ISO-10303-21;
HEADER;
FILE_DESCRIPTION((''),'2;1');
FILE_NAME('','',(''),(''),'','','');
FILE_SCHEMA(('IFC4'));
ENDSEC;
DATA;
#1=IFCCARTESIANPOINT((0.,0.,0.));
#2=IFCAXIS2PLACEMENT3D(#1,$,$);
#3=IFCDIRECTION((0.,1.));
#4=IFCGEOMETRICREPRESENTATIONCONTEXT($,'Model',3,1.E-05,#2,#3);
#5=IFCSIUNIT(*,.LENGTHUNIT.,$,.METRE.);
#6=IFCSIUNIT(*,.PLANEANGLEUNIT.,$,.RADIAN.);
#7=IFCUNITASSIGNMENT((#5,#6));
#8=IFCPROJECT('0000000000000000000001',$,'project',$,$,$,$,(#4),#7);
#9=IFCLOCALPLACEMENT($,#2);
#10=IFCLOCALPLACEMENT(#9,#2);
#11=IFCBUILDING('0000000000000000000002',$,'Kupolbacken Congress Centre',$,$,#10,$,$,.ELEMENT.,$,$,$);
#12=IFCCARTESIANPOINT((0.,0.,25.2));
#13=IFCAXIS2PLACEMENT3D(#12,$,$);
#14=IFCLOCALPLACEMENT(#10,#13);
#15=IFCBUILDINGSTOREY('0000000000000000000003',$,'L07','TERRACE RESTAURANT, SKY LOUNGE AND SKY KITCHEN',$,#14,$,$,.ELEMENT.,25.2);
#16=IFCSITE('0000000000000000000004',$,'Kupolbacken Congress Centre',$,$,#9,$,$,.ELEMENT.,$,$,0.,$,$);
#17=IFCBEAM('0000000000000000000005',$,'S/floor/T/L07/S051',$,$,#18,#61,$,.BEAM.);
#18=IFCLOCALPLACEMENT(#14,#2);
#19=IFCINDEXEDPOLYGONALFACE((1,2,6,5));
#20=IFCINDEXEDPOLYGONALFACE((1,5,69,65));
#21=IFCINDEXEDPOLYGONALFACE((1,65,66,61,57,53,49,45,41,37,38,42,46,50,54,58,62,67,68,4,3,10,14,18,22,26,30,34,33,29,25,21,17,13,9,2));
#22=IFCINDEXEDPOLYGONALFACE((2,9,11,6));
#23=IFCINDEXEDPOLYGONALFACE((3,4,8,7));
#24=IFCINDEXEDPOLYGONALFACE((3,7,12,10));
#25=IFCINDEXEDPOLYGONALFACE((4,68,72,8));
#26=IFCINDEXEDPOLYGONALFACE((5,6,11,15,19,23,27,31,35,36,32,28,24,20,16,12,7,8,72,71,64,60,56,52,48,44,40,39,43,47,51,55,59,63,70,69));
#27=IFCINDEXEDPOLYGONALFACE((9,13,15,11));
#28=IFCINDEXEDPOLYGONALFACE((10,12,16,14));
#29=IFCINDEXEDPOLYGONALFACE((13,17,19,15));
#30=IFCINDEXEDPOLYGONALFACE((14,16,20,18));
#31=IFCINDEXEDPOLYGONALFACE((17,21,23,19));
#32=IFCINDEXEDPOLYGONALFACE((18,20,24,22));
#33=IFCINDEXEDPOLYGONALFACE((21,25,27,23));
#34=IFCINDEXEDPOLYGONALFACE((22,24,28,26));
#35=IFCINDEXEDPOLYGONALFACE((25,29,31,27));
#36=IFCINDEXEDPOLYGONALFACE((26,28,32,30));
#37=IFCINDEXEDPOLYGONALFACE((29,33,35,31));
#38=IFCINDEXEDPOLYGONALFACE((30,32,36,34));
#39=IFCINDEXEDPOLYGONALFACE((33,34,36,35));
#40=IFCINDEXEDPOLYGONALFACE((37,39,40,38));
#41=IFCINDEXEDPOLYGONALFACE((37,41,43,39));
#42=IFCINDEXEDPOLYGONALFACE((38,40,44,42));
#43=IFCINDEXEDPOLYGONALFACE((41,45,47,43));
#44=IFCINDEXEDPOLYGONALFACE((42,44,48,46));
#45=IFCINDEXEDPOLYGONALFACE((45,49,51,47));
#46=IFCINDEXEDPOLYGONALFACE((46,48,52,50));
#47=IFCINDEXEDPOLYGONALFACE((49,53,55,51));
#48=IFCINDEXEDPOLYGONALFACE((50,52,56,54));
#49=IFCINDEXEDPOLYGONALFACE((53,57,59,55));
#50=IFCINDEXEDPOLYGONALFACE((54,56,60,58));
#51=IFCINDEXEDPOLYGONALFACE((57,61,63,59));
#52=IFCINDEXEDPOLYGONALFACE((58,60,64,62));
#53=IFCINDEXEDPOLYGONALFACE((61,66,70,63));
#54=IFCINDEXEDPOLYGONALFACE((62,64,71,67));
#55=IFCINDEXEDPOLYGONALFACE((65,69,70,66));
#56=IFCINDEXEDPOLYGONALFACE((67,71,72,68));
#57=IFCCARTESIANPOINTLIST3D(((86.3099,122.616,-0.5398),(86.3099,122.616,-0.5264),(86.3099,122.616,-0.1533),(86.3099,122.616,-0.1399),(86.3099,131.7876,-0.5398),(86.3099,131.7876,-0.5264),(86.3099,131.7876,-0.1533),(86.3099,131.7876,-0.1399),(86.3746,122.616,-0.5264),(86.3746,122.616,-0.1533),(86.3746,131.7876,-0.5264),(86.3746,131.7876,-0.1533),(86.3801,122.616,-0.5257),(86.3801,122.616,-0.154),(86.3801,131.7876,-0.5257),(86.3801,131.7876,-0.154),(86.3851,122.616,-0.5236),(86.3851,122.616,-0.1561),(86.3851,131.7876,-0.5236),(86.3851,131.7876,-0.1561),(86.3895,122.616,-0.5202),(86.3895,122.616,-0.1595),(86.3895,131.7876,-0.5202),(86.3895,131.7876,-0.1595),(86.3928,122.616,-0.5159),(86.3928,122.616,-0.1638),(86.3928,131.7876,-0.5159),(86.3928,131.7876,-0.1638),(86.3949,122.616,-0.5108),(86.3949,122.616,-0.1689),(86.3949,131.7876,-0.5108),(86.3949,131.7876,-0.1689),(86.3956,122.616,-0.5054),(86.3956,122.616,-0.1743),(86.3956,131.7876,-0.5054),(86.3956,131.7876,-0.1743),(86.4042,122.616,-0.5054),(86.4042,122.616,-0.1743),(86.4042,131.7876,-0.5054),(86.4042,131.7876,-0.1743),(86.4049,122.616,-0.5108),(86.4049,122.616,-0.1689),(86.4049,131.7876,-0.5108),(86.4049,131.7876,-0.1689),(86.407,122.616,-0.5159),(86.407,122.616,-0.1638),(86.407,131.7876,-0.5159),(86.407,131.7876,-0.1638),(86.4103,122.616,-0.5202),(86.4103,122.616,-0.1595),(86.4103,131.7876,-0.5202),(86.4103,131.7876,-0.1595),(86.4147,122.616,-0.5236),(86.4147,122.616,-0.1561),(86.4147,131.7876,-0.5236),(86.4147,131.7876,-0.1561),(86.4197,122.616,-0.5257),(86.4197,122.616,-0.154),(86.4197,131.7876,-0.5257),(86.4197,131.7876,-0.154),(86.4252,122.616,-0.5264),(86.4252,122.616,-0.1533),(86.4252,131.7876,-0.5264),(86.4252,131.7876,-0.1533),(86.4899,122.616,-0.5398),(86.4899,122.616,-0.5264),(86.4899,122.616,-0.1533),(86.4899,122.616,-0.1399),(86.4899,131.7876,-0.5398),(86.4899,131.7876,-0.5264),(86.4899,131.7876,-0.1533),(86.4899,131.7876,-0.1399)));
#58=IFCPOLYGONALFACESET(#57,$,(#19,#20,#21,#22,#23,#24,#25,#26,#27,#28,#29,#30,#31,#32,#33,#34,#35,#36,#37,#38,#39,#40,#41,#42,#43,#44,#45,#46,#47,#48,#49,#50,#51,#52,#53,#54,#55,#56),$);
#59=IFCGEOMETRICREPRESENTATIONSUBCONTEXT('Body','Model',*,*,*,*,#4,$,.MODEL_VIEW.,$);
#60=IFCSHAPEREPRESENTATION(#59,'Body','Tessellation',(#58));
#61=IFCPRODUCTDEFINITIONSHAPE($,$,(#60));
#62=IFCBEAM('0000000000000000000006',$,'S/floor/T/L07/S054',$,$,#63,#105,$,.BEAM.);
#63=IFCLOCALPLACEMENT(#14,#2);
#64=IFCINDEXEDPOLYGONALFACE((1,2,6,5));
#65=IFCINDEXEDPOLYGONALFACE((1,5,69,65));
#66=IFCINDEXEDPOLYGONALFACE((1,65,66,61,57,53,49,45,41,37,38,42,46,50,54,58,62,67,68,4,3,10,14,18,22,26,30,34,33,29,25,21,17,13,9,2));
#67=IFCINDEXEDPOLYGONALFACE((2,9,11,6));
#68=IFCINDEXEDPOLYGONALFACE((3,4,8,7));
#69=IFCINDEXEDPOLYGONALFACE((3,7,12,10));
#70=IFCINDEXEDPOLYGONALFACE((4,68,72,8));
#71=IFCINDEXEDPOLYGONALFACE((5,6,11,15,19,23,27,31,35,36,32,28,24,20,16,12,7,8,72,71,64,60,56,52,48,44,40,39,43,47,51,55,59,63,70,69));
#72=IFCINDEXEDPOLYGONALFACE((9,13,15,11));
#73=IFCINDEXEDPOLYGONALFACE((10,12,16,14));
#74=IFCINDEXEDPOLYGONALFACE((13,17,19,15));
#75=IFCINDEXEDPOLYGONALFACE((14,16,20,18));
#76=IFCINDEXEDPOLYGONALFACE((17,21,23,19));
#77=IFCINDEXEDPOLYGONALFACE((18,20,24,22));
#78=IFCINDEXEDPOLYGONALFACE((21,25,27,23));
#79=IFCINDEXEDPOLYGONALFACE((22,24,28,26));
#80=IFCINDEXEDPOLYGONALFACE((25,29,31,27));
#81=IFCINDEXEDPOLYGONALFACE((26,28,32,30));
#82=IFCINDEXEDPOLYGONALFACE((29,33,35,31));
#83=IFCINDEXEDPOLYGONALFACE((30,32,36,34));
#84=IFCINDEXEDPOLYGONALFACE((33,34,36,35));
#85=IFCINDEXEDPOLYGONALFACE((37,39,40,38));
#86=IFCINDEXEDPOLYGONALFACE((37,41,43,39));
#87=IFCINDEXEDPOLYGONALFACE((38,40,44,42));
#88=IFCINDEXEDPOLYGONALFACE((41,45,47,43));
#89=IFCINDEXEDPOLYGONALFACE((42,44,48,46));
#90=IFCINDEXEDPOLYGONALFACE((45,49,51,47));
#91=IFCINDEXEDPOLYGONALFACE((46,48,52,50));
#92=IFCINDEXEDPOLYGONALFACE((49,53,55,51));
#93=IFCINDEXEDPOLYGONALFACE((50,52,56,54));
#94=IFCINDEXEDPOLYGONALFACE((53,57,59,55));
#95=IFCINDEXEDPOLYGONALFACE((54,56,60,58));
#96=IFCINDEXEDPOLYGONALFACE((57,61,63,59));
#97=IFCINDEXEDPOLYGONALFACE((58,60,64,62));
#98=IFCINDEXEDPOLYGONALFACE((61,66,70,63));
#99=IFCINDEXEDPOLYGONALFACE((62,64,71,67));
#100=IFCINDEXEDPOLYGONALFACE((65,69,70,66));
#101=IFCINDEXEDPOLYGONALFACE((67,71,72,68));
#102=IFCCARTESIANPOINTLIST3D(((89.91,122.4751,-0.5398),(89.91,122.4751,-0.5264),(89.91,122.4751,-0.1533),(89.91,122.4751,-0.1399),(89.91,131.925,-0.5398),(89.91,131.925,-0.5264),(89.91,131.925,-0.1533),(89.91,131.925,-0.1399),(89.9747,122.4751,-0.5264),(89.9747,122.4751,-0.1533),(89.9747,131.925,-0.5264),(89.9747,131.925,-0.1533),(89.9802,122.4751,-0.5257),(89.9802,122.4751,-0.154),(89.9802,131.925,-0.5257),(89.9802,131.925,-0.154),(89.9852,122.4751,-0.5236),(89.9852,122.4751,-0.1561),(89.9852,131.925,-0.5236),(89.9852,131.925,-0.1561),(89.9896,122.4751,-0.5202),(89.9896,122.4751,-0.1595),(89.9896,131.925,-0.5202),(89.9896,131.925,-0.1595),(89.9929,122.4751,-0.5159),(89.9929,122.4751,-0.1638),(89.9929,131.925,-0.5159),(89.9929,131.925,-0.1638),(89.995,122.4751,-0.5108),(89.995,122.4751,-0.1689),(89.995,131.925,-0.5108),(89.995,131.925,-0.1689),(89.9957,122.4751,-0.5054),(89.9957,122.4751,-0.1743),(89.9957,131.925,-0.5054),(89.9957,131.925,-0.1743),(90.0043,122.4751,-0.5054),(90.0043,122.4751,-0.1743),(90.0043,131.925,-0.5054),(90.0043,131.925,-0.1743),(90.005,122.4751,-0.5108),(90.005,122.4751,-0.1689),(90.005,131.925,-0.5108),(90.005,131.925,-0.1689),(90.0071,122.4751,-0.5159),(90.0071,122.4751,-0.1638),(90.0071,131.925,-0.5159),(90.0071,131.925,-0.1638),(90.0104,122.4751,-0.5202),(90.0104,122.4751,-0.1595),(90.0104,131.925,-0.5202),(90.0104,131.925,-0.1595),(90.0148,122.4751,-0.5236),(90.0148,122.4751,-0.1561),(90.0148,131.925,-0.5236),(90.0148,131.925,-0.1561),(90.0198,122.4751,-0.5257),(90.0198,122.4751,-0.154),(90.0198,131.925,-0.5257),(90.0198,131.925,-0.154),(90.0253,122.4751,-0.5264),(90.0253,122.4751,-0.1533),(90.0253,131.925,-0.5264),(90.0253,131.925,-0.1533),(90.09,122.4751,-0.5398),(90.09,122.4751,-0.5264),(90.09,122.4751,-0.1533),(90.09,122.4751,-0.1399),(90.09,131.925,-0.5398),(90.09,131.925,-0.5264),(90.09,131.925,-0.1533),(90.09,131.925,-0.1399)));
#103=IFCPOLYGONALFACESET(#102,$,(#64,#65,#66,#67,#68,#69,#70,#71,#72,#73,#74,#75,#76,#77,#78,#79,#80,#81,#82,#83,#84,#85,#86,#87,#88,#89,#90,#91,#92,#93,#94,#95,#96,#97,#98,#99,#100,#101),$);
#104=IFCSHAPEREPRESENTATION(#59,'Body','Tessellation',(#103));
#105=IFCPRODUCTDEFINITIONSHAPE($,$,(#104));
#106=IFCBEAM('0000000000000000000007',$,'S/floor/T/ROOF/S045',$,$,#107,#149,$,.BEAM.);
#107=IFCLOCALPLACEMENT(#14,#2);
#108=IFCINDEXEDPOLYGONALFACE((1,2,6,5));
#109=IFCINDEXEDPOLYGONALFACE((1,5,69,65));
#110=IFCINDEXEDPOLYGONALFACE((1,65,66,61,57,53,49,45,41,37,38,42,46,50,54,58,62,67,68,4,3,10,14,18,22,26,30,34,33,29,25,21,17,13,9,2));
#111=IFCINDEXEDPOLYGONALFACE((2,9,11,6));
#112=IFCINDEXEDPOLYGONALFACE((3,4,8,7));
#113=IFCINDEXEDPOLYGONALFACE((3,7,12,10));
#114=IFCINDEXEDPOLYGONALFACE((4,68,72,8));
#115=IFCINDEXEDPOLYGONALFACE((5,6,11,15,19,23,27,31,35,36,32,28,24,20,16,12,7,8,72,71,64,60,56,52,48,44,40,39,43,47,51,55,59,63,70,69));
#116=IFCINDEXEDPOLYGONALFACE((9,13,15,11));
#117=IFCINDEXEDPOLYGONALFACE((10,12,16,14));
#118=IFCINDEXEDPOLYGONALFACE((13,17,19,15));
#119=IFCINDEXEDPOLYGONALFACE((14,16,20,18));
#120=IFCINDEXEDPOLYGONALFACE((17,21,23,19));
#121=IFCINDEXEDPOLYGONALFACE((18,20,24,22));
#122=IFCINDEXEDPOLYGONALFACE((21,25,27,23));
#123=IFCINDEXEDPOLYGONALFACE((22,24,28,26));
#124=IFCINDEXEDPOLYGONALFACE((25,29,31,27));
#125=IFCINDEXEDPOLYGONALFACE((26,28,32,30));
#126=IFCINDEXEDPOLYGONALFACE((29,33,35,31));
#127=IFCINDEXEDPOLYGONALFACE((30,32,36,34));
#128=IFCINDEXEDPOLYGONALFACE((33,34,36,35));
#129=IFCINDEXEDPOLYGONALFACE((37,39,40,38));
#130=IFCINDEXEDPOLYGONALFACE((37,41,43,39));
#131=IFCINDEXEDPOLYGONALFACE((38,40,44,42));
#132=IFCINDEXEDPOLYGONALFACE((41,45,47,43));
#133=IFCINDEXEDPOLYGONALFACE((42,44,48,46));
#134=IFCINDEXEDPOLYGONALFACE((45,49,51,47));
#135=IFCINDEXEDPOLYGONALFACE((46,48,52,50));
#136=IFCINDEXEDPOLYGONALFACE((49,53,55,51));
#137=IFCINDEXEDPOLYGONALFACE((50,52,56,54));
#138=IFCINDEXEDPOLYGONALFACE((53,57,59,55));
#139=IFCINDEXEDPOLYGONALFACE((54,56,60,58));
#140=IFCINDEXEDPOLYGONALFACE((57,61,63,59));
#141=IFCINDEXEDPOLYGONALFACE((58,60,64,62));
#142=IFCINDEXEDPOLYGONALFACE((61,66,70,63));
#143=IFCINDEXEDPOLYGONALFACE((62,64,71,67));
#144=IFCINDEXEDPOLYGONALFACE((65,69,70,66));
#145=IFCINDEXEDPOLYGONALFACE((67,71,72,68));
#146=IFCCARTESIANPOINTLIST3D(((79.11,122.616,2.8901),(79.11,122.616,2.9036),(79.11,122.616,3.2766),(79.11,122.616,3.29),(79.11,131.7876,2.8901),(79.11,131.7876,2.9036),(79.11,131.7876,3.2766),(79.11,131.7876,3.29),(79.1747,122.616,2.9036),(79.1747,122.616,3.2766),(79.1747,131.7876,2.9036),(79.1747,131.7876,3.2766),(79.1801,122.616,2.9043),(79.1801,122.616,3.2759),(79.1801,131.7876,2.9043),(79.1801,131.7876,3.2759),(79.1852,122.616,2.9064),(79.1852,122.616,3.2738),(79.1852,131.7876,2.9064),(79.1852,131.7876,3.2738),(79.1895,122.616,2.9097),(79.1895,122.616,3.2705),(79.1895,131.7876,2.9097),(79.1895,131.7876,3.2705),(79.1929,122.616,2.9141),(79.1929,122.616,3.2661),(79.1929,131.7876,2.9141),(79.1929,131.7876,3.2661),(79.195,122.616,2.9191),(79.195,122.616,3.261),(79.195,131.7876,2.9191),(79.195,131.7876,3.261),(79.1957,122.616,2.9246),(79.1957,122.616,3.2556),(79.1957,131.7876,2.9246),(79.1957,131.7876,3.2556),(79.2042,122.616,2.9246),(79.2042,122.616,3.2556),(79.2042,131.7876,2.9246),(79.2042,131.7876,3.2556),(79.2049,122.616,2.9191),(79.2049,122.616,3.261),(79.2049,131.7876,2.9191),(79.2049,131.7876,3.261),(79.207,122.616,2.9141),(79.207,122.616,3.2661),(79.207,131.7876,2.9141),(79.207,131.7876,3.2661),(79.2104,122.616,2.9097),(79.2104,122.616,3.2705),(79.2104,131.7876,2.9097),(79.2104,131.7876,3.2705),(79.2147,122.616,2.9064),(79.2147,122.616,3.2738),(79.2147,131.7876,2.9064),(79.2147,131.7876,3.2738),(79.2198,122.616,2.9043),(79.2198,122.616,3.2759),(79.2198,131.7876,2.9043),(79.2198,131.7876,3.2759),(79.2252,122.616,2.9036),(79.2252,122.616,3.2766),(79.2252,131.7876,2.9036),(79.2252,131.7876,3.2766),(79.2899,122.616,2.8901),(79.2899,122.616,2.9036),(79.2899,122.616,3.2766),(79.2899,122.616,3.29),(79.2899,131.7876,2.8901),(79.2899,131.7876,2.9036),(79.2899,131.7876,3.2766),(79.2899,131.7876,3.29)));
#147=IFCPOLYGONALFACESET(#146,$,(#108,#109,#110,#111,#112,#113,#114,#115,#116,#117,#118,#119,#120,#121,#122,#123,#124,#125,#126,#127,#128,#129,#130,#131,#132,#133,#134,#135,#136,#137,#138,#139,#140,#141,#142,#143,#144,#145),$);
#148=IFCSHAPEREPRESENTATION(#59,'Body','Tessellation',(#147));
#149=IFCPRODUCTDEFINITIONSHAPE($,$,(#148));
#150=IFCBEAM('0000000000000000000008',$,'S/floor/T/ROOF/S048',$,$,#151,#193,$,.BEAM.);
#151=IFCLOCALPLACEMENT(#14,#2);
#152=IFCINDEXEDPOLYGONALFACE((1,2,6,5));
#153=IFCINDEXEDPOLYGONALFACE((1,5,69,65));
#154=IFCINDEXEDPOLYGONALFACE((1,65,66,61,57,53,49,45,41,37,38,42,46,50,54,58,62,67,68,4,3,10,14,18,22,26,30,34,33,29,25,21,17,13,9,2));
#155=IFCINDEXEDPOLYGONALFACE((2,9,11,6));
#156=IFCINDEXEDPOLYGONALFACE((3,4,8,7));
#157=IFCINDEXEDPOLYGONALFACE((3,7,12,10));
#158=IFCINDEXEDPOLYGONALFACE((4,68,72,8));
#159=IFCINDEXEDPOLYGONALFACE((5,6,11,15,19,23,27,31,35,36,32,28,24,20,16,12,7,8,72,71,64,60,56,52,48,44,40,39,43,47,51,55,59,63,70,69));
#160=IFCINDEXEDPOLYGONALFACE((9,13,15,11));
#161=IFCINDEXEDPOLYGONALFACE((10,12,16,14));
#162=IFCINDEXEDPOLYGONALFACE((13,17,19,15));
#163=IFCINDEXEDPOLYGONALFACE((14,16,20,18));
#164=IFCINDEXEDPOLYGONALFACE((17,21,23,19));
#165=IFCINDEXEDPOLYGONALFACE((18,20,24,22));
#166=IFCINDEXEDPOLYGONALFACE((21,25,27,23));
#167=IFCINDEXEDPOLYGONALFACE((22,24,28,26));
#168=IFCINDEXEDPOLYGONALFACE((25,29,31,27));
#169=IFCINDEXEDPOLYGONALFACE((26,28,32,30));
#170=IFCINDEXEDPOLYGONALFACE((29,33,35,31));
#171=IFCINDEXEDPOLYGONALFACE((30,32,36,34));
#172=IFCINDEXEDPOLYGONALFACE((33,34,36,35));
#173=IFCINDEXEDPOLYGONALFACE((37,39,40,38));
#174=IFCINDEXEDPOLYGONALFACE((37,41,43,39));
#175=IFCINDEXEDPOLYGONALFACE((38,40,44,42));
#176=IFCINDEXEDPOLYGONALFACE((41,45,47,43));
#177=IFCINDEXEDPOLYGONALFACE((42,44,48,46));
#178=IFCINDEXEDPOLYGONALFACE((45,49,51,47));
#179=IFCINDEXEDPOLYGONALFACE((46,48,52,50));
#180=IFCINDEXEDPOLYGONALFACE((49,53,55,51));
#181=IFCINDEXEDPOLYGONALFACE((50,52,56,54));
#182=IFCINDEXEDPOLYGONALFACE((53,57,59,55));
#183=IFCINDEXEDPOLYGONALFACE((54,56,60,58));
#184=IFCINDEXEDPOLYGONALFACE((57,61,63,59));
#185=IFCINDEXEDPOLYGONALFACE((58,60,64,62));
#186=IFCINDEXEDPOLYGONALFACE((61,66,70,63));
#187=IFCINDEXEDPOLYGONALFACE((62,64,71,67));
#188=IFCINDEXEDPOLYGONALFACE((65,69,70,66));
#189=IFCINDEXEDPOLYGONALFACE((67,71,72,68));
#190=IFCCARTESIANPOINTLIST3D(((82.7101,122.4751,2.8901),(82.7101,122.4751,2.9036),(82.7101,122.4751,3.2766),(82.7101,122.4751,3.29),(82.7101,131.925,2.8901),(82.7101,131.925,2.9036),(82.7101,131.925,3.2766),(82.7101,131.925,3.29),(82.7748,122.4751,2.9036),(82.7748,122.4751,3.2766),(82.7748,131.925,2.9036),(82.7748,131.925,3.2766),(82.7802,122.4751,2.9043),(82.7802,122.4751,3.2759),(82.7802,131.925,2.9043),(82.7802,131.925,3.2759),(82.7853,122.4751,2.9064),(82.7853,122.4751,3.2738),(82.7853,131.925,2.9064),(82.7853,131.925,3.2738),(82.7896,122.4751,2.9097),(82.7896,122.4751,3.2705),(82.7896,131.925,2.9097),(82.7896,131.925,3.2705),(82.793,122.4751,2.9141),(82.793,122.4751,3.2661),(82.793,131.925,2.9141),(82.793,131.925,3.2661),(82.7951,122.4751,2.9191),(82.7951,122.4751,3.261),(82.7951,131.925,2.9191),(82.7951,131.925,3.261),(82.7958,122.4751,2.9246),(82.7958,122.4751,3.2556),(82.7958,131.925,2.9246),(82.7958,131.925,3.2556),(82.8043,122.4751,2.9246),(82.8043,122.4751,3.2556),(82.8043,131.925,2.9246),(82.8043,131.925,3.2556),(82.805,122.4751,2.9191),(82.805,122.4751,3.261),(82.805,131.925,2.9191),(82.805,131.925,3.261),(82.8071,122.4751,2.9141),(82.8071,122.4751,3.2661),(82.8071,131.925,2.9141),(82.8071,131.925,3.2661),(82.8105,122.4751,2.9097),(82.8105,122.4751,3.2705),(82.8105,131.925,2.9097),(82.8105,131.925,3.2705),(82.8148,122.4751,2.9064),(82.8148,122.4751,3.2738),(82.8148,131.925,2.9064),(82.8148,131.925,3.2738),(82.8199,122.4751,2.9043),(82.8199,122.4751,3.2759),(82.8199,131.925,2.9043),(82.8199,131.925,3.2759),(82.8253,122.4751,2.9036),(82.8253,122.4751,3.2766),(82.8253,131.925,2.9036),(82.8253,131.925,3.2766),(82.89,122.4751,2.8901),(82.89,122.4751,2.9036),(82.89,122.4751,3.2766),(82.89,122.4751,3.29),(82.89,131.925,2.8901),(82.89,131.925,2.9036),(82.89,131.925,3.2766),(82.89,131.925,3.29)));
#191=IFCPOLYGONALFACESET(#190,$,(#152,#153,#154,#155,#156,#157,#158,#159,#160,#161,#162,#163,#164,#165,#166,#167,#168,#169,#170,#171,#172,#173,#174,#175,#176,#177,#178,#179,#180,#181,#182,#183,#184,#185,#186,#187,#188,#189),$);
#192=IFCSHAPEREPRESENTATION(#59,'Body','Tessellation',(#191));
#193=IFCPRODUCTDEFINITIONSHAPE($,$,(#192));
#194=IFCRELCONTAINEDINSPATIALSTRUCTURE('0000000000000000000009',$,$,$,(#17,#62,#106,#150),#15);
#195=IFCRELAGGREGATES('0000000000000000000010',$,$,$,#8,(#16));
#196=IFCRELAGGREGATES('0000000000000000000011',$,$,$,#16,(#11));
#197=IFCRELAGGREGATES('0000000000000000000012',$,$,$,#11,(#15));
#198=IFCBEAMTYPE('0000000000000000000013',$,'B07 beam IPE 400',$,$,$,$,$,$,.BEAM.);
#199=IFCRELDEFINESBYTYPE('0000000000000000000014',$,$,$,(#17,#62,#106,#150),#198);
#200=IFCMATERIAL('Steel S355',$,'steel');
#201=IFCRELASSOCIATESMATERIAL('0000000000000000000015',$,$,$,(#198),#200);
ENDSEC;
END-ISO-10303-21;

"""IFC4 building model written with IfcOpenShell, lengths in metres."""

from ifc_helpers import new_model, si_unit, direction, frame, origin, origin_2d, place, context, subcontext, project, spatial, i_section, extrude, material, material_profile, profile_set, type_object, element, save


model = new_model("IFC4")

# Units and contexts
model_context = context("Model", 3, precision=1e-05, world=origin(), true_north=direction((0.0, 1.0)))
body_context = subcontext(model_context, "Body", "Model", "MODEL_VIEW")
ifc_project = project(units=[si_unit("LENGTHUNIT", "METRE"), si_unit("PLANEANGLEUNIT", "RADIAN")], contexts=[model_context])

# Site, building, storey
site_placement = place(None, origin())
site = spatial("IfcSite", under=ifc_project, at=site_placement, Name="Kupolbacken Congress Centre", CompositionType="ELEMENT", RefElevation=0.0)
building_placement = place(site_placement, origin())
building = spatial("IfcBuilding", under=site, at=building_placement, Name="Kupolbacken Congress Centre", CompositionType="ELEMENT")
storey_placement = place(building_placement, frame((0.0, 0.0, 25.2)))
storey = spatial("IfcBuildingStorey", under=building, at=storey_placement, Name="L07", Description="TERRACE RESTAURANT, SKY LOUNGE AND SKY KITCHEN", CompositionType="ELEMENT", Elevation=25.2)

# Beams
ifc_material_1 = material(Name="Steel S355", Category="steel")
ifc_material_profile_1 = material_profile(ifc_material_1, i_section(OverallWidth=0.1799, OverallDepth=0.3999, WebThickness=0.0085, FlangeThickness=0.0134, FilletRadius=0.021, at=origin_2d()), Name="IPE 400")
ifc_profile_set_1 = profile_set([ifc_material_profile_1], Name="Steel S355")
beam_type_1 = type_object("IfcBeamType", Name="B07 beam IPE 400", PredefinedType="BEAM", material=ifc_profile_set_1)
beam_1_placement = place(storey_placement, frame((86.3999, 122.616, -0.3398), z_axis=(0.0, 1.0, 0.0), x_axis=(-1.0, 0.0, 0.0)))
element("IfcBeam", 1, at=beam_1_placement, inside=storey, type_object=beam_type_1, Name="S/floor/T/L07/S051", PredefinedType="BEAM", context=body_context, shape_type="SweptSolid", body=[
    extrude(i_section(OverallWidth=0.1799, OverallDepth=0.3999, WebThickness=0.0085, FlangeThickness=0.0134, FilletRadius=0.021, at=origin_2d()), origin(), (0.0, 0.0, 1.0), 9.1716),
])
beam_2_placement = place(storey_placement, frame((90.0, 122.4751, -0.3398), z_axis=(0.0, 1.0, 0.0), x_axis=(-1.0, 0.0, 0.0)))
element("IfcBeam", 2, at=beam_2_placement, inside=storey, type_object=beam_type_1, Name="S/floor/T/L07/S054", PredefinedType="BEAM", context=body_context, shape_type="SweptSolid", body=[
    extrude(i_section(OverallWidth=0.1799, OverallDepth=0.3999, WebThickness=0.0085, FlangeThickness=0.0134, FilletRadius=0.021, at=origin_2d()), origin(), (0.0, 0.0, 1.0), 9.45),
])
beam_3_placement = place(storey_placement, frame((79.2, 122.616, 3.0901), z_axis=(0.0, 1.0, 0.0), x_axis=(-1.0, 0.0, 0.0)))
element("IfcBeam", 3, at=beam_3_placement, inside=storey, type_object=beam_type_1, Name="S/floor/T/ROOF/S045", PredefinedType="BEAM", context=body_context, shape_type="SweptSolid", body=[
    extrude(i_section(OverallWidth=0.1799, OverallDepth=0.3999, WebThickness=0.0085, FlangeThickness=0.0134, FilletRadius=0.021, at=origin_2d()), origin(), (0.0, 0.0, 1.0), 9.1716),
])
beam_4_placement = place(storey_placement, frame((82.8, 122.4751, 3.0901), z_axis=(0.0, 1.0, 0.0), x_axis=(-1.0, 0.0, 0.0)))
element("IfcBeam", 4, at=beam_4_placement, inside=storey, type_object=beam_type_1, Name="S/floor/T/ROOF/S048", PredefinedType="BEAM", context=body_context, shape_type="SweptSolid", body=[
    extrude(i_section(OverallWidth=0.1799, OverallDepth=0.3999, WebThickness=0.0085, FlangeThickness=0.0134, FilletRadius=0.021, at=origin_2d()), origin(), (0.0, 0.0, 1.0), 9.45),
])

save(model, "model.ifc")
